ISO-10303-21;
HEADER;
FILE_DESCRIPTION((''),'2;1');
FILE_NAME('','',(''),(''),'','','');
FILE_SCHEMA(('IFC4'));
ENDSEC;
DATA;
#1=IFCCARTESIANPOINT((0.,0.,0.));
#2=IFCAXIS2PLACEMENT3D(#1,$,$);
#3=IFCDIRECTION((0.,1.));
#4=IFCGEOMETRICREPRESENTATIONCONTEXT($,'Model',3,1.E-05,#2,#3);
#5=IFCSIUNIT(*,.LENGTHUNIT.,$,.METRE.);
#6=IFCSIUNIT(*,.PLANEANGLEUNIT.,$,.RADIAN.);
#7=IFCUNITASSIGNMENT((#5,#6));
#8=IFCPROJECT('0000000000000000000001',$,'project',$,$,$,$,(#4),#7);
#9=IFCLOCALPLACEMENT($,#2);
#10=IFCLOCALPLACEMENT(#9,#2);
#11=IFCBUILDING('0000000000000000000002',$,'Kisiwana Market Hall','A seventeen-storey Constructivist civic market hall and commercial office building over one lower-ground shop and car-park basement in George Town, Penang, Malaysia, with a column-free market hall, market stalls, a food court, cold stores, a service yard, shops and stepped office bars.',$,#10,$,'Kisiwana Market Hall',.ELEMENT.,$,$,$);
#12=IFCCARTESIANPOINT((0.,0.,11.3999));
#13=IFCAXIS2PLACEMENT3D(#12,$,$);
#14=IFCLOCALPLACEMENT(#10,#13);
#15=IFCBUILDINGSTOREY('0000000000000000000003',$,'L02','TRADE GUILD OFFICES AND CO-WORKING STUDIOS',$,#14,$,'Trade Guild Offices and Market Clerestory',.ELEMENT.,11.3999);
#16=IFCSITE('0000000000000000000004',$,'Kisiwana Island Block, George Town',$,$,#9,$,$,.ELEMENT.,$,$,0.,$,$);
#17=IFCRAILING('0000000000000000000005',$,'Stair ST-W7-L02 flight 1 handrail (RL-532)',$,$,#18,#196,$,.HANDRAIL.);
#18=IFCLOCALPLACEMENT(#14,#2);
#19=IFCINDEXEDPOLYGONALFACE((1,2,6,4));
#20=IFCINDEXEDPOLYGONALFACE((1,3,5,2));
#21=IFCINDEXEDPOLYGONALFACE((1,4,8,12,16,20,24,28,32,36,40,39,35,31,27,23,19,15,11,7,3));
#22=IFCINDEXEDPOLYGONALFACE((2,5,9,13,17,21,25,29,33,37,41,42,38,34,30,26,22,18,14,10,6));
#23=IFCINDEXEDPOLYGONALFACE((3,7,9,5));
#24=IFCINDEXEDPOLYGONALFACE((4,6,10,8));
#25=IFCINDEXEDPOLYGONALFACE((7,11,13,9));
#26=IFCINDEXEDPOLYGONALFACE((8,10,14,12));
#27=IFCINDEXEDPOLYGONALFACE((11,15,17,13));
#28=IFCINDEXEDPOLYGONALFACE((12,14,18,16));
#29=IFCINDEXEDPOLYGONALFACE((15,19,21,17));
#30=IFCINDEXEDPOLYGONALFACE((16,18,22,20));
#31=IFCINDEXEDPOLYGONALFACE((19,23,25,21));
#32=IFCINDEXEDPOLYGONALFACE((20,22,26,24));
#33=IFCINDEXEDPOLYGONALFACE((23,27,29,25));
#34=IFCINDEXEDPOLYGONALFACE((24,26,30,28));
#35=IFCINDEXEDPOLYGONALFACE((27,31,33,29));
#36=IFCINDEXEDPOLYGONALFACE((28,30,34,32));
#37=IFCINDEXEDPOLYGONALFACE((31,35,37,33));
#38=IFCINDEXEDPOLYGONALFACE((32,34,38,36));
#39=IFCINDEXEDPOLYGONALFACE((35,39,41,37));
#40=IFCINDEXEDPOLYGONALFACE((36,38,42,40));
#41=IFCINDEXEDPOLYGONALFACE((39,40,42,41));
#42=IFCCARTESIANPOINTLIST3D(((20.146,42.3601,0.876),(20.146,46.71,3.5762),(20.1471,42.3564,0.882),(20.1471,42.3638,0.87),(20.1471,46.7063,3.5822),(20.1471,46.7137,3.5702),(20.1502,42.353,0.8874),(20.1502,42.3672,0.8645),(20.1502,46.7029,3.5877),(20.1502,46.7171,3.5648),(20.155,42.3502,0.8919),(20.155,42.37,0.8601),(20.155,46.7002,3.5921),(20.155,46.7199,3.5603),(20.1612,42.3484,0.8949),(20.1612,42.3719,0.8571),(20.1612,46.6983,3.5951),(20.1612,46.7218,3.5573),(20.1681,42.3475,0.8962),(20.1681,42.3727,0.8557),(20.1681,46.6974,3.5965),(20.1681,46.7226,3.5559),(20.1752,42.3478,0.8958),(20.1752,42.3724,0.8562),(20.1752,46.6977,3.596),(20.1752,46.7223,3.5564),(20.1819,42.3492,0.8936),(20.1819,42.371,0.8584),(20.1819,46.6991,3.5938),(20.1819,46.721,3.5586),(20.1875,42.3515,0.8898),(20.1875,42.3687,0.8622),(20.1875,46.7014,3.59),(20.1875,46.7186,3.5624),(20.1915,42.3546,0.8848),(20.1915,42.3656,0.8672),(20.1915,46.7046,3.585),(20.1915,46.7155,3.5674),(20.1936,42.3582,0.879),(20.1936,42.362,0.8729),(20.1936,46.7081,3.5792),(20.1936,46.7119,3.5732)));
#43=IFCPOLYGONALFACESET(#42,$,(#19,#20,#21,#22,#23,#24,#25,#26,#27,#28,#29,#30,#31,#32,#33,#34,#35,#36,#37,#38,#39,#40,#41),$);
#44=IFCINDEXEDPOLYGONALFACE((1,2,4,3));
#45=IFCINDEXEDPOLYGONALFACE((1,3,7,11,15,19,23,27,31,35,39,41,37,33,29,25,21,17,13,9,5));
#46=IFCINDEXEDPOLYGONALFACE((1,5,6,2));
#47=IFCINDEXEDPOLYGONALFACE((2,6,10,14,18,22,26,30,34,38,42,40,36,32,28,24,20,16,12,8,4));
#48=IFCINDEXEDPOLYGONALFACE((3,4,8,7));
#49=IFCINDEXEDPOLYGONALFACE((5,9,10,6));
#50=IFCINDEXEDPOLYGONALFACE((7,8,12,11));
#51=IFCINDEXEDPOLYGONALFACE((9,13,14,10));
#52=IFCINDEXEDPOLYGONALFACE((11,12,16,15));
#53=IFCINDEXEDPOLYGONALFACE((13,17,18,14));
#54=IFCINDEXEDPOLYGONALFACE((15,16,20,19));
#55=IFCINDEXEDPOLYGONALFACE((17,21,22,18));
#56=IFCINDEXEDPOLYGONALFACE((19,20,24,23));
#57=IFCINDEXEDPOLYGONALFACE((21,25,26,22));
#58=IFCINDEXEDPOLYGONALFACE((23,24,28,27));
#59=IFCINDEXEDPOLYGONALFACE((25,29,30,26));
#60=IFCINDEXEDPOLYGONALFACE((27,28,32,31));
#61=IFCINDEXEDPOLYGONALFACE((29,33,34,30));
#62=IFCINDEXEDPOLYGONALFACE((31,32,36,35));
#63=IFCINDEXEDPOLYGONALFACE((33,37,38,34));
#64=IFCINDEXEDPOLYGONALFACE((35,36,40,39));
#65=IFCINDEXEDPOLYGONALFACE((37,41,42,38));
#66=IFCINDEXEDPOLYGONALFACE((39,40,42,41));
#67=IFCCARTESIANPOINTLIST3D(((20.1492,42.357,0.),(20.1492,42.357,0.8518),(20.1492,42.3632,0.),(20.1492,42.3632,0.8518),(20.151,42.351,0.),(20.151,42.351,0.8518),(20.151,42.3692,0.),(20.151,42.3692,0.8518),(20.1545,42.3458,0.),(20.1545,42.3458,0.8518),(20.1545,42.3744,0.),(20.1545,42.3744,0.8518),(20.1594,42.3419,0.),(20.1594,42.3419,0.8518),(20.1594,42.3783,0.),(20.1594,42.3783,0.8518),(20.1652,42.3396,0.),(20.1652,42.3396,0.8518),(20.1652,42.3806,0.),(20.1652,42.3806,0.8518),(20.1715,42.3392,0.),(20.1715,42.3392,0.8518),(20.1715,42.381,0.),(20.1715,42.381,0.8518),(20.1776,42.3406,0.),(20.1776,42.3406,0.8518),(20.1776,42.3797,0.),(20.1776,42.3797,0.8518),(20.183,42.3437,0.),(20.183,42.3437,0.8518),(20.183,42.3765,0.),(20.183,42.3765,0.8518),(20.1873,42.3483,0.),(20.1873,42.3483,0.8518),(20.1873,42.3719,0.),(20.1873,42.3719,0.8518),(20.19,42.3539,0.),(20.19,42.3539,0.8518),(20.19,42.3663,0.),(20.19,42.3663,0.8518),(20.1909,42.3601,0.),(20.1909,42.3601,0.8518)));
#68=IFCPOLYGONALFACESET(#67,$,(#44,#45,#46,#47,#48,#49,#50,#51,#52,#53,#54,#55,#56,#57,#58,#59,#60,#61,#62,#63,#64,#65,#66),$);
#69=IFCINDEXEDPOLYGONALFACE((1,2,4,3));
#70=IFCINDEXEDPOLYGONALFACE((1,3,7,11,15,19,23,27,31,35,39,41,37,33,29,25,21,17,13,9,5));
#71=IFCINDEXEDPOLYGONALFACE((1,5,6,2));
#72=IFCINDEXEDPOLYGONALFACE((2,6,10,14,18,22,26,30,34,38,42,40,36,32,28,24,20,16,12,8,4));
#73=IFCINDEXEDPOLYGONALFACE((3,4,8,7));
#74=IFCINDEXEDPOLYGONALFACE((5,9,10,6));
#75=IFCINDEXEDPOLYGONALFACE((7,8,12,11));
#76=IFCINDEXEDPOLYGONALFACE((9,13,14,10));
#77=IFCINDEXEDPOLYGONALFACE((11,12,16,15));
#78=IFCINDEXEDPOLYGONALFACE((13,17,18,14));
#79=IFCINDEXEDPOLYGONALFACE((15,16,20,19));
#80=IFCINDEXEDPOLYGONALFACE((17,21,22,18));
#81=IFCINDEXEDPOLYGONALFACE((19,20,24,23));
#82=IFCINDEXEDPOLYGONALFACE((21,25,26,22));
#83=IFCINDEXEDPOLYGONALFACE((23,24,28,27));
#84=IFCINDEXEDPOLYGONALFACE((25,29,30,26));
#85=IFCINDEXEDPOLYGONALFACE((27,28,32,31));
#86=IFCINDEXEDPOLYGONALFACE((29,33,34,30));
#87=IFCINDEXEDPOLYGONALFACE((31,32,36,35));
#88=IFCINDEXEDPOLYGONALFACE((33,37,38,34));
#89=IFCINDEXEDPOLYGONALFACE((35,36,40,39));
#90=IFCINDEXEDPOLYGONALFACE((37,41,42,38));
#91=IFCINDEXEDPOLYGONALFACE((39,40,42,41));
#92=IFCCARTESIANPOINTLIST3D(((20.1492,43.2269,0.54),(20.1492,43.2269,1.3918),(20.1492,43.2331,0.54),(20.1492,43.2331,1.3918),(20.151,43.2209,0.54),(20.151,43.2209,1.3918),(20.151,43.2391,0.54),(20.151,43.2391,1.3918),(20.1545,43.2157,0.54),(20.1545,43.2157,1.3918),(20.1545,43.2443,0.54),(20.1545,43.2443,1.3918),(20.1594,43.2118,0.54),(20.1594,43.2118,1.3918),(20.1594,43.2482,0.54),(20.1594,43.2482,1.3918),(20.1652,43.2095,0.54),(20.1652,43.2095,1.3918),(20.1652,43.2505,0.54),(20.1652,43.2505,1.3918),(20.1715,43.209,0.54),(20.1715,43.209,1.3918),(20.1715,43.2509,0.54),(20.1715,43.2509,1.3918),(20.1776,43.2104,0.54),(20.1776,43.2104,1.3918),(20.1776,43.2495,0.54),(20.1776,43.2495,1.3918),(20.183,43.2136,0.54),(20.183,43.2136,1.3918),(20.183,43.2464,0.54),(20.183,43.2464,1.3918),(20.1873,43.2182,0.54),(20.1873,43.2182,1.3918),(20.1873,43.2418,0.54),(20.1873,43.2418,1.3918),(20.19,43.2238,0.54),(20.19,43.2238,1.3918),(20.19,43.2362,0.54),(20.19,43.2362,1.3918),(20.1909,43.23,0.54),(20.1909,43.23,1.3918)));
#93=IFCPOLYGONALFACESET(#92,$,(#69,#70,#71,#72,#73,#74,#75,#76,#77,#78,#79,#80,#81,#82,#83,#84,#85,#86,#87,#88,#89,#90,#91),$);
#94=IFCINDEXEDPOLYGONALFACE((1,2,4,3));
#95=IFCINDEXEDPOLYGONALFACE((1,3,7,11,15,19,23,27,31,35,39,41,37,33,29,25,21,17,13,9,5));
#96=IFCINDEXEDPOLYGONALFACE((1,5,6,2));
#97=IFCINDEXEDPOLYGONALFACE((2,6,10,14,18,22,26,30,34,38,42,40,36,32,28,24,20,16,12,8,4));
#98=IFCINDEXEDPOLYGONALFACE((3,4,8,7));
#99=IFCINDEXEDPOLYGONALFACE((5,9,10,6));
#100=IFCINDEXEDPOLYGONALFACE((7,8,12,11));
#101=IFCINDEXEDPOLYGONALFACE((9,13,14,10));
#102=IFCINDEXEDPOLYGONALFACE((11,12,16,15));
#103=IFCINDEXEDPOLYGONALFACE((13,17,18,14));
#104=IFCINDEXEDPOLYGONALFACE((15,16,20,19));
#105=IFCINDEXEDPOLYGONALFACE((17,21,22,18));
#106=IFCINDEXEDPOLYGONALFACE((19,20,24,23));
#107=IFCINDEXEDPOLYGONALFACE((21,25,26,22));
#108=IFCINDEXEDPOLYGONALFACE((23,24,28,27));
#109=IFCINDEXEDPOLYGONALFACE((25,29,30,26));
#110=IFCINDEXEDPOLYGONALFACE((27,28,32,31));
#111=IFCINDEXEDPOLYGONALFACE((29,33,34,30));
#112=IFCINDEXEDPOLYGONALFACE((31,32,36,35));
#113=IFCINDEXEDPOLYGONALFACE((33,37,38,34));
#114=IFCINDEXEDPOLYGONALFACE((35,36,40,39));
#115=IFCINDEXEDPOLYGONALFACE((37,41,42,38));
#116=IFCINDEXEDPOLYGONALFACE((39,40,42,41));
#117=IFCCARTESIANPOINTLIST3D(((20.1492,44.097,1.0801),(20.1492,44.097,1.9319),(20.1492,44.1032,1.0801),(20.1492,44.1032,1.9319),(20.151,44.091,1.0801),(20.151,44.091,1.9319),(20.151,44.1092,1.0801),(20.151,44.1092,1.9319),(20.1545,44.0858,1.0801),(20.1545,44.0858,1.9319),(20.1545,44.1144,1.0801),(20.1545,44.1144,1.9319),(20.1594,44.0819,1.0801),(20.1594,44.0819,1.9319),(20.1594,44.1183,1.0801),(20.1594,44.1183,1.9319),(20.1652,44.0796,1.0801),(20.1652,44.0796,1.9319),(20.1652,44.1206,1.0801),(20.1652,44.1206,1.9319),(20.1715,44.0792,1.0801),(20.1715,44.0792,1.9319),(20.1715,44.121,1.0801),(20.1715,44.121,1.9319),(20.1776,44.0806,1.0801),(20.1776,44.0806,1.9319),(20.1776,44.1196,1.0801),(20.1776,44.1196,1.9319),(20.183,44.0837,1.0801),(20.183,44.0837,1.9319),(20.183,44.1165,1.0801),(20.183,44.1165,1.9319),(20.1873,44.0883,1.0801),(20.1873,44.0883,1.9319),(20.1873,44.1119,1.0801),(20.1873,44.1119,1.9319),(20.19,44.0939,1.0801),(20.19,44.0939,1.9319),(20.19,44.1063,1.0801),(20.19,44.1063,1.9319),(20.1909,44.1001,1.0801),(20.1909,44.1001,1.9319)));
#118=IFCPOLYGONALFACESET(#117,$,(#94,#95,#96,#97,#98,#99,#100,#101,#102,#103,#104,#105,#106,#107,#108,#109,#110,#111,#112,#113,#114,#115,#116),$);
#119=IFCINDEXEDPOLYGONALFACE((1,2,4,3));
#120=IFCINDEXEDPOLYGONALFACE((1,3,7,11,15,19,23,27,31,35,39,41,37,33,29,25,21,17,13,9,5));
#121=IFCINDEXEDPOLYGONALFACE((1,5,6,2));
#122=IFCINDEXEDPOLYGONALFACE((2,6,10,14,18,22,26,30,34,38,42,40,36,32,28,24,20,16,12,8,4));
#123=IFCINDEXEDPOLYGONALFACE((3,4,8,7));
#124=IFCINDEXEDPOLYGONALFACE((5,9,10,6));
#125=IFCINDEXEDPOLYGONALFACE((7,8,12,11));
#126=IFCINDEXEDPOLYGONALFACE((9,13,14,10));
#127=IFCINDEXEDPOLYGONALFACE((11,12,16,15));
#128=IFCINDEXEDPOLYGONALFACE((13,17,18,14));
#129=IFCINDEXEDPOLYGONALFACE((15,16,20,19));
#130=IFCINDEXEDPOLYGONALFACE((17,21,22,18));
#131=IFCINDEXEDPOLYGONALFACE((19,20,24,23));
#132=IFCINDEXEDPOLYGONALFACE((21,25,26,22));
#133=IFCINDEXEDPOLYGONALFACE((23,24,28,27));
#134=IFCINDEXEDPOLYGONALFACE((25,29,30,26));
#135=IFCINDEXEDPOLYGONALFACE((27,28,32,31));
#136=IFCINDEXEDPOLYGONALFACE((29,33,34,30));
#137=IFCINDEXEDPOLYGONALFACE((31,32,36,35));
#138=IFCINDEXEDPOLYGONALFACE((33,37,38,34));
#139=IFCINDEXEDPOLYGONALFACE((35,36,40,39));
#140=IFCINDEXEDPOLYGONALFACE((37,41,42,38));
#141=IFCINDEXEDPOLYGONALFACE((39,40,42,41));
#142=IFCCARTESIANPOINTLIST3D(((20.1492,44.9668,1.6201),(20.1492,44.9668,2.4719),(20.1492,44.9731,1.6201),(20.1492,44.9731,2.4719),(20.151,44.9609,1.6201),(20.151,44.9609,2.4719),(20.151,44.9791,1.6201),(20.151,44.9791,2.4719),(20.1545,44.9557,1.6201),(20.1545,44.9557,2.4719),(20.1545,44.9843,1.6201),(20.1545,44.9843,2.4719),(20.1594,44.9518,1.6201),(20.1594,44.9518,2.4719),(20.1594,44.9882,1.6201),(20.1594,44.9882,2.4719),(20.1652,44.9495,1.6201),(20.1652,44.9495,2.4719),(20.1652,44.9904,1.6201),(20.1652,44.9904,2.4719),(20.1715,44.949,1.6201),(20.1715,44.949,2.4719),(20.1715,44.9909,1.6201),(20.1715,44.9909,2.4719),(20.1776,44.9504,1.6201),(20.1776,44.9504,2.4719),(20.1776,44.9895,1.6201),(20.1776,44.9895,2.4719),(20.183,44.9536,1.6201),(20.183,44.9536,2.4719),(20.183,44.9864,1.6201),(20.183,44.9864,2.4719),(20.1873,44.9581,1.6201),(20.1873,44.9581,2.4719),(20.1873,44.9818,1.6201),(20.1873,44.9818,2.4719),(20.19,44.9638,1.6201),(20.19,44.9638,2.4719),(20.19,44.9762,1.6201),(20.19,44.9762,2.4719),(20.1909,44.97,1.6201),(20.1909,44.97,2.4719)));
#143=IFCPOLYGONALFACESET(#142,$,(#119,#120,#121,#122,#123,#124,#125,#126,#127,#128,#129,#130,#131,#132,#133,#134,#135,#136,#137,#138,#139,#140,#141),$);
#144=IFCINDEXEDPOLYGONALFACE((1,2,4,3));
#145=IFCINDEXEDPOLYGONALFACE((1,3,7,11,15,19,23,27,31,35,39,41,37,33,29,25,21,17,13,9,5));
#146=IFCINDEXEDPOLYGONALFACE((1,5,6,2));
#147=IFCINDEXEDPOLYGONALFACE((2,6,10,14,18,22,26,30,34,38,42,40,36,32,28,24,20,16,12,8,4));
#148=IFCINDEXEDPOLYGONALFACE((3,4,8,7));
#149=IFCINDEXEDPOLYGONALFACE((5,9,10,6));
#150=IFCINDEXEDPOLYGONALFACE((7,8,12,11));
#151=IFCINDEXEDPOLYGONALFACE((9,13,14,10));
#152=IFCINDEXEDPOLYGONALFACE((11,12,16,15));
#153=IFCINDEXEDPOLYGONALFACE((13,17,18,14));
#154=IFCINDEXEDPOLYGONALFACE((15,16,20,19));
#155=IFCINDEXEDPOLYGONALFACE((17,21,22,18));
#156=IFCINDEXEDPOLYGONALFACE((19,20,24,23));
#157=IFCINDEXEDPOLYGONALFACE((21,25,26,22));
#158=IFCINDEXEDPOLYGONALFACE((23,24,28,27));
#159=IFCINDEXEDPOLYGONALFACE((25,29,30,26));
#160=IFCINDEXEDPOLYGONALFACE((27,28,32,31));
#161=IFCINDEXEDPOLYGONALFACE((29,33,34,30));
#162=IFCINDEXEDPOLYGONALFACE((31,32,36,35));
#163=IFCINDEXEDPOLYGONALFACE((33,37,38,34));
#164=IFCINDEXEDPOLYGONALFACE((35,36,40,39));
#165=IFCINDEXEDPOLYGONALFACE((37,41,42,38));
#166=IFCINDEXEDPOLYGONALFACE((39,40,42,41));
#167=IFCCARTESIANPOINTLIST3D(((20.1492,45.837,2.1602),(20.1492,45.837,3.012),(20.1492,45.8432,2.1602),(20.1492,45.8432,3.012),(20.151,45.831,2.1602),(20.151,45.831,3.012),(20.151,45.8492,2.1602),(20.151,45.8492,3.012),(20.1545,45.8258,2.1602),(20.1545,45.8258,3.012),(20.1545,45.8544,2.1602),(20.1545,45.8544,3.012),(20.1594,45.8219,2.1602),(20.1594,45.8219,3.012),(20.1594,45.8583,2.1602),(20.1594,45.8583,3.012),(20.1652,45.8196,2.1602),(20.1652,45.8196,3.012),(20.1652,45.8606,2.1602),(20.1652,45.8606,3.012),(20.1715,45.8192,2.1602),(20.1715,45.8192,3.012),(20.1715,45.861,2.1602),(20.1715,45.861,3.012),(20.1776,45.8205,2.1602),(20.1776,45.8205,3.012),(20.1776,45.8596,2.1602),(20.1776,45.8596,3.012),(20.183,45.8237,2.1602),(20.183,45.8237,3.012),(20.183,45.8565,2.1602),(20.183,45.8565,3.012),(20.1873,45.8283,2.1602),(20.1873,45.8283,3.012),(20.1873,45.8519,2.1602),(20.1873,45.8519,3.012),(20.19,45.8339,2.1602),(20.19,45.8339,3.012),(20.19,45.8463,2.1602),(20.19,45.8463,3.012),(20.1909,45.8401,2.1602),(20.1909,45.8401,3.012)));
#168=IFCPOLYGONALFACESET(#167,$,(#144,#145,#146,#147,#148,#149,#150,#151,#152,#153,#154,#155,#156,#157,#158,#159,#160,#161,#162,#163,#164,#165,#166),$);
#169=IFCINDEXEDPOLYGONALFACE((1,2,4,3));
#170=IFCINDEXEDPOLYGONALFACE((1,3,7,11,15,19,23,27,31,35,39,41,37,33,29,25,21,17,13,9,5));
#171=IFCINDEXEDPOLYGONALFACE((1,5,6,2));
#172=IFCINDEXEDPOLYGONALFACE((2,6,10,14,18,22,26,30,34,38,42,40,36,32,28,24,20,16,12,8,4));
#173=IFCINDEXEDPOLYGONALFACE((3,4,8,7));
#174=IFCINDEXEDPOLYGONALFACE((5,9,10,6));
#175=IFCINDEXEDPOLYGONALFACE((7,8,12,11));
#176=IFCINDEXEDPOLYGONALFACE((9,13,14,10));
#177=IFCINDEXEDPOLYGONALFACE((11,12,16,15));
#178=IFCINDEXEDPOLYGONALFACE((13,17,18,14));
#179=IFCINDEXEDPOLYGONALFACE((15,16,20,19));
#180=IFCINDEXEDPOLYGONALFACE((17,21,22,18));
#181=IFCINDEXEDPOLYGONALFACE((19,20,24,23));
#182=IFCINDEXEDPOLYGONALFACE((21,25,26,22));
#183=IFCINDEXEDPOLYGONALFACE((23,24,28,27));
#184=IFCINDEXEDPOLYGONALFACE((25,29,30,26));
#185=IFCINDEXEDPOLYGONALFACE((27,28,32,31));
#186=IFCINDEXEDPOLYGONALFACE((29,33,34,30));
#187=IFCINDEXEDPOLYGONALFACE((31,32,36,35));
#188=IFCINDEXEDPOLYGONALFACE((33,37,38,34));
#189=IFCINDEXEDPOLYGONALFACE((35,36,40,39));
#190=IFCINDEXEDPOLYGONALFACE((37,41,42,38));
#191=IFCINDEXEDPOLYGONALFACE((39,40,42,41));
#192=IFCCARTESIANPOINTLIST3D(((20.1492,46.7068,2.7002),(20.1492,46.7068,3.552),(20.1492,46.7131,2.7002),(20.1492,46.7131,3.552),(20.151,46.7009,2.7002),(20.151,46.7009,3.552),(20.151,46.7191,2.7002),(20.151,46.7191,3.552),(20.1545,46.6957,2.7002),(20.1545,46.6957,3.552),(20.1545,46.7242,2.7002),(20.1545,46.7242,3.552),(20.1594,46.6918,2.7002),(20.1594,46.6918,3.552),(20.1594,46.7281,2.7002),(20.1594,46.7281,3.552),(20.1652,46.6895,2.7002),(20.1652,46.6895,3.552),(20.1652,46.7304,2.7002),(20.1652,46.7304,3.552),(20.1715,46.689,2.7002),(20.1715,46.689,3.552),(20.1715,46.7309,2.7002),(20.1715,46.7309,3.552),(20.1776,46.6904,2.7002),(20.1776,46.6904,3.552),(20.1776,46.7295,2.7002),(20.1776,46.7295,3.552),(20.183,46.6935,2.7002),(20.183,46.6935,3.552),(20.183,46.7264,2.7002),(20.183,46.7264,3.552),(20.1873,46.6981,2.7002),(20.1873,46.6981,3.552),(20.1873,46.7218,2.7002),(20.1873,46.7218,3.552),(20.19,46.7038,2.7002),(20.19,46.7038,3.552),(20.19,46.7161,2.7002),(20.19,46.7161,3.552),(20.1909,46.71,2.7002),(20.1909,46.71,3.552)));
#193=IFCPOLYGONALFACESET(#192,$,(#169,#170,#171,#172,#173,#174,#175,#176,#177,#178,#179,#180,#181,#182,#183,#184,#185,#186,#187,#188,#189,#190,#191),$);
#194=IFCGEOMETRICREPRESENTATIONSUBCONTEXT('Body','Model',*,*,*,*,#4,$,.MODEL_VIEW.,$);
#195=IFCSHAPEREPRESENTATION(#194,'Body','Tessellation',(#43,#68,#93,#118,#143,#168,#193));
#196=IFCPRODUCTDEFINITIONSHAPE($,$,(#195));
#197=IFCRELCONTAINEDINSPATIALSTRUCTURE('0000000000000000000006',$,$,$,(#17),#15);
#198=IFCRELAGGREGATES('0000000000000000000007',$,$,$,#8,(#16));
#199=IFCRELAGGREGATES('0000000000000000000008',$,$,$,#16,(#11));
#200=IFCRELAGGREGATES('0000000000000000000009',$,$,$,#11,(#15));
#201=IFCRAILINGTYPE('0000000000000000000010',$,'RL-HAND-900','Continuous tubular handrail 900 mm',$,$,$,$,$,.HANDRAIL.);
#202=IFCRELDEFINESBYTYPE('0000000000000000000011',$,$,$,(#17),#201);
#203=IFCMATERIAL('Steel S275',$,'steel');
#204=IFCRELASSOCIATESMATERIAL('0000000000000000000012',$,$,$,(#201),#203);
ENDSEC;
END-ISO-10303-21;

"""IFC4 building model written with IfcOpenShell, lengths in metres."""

from ifc_helpers import new_model, si_unit, direction, frame, origin, origin_2d, place, context, subcontext, project, spatial, circle, extrude, material, type_object, element, save


model = new_model("IFC4")

# Units and contexts
model_context = context("Model", 3, precision=1e-05, world=origin(), true_north=direction((0.0, 1.0)))
body_context = subcontext(model_context, "Body", "Model", "MODEL_VIEW")
ifc_project = project(units=[si_unit("LENGTHUNIT", "METRE"), si_unit("PLANEANGLEUNIT", "RADIAN")], contexts=[model_context])

# Site, building, storey
site_placement = place(None, origin())
site = spatial("IfcSite", under=ifc_project, at=site_placement, Name="Kisiwana Island Block, George Town", CompositionType="ELEMENT", RefElevation=0.0)
building_placement = place(site_placement, origin())
building = spatial("IfcBuilding", under=site, at=building_placement, Name="Kisiwana Market Hall", Description="A seventeen-storey Constructivist civic market hall and commercial office building over one lower-ground shop and car-park basement in George Town, Penang, Malaysia, with a column-free market hall, market stalls, a food court, cold stores, a service yard, shops and stepped office bars.", LongName="Kisiwana Market Hall", CompositionType="ELEMENT")
storey_placement = place(building_placement, frame((0.0, 0.0, 11.3999)))
storey = spatial("IfcBuildingStorey", under=building, at=storey_placement, Name="L02", Description="TRADE GUILD OFFICES AND CO-WORKING STUDIOS", LongName="Trade Guild Offices and Market Clerestory", CompositionType="ELEMENT", Elevation=11.3999)

# Railing
ifc_material_1 = material(Name="Steel S275", Category="steel")
railing_type_1 = type_object("IfcRailingType", Name="RL-HAND-900", Description="Continuous tubular handrail 900 mm", PredefinedType="HANDRAIL", material=ifc_material_1)
for number, where, name in (
    (1, (20.1699, 42.3601, 0.0), "Stair ST-W7-L02 flight 1 handrail (RL-532)"),
):
    element("IfcRailing", number, at=place(storey_placement, frame(where)), inside=storey, type_object=railing_type_1, Name=name, PredefinedType="HANDRAIL", context=body_context, shape_type="SweptSolid", body=[
        extrude(circle(Radius=0.0239, at=origin_2d()), frame((0.0, 0.0, 0.876), z_axis=(0.0, 0.849615, 0.527403), x_axis=(-1.0, 0.0, 0.0)), (0.0, 0.0, 1.0), 5.1199),
        extrude(circle(Radius=0.021, at=origin_2d()), origin(), (0.0, 0.0, 1.0), 0.8518),
        extrude(circle(Radius=0.021, at=origin_2d()), frame((0.0, 0.8699, 0.54)), (0.0, 0.0, 1.0), 0.8518),
        extrude(circle(Radius=0.021, at=origin_2d()), frame((0.0, 1.74, 1.0801)), (0.0, 0.0, 1.0), 0.8518),
        extrude(circle(Radius=0.021, at=origin_2d()), frame((0.0, 2.6099, 1.6201)), (0.0, 0.0, 1.0), 0.8518),
        extrude(circle(Radius=0.021, at=origin_2d()), frame((0.0, 3.48, 2.1602)), (0.0, 0.0, 1.0), 0.8518),
        extrude(circle(Radius=0.021, at=origin_2d()), frame((0.0, 4.3499, 2.7002)), (0.0, 0.0, 1.0), 0.8518),
    ])

save(model, "model.ifc")
